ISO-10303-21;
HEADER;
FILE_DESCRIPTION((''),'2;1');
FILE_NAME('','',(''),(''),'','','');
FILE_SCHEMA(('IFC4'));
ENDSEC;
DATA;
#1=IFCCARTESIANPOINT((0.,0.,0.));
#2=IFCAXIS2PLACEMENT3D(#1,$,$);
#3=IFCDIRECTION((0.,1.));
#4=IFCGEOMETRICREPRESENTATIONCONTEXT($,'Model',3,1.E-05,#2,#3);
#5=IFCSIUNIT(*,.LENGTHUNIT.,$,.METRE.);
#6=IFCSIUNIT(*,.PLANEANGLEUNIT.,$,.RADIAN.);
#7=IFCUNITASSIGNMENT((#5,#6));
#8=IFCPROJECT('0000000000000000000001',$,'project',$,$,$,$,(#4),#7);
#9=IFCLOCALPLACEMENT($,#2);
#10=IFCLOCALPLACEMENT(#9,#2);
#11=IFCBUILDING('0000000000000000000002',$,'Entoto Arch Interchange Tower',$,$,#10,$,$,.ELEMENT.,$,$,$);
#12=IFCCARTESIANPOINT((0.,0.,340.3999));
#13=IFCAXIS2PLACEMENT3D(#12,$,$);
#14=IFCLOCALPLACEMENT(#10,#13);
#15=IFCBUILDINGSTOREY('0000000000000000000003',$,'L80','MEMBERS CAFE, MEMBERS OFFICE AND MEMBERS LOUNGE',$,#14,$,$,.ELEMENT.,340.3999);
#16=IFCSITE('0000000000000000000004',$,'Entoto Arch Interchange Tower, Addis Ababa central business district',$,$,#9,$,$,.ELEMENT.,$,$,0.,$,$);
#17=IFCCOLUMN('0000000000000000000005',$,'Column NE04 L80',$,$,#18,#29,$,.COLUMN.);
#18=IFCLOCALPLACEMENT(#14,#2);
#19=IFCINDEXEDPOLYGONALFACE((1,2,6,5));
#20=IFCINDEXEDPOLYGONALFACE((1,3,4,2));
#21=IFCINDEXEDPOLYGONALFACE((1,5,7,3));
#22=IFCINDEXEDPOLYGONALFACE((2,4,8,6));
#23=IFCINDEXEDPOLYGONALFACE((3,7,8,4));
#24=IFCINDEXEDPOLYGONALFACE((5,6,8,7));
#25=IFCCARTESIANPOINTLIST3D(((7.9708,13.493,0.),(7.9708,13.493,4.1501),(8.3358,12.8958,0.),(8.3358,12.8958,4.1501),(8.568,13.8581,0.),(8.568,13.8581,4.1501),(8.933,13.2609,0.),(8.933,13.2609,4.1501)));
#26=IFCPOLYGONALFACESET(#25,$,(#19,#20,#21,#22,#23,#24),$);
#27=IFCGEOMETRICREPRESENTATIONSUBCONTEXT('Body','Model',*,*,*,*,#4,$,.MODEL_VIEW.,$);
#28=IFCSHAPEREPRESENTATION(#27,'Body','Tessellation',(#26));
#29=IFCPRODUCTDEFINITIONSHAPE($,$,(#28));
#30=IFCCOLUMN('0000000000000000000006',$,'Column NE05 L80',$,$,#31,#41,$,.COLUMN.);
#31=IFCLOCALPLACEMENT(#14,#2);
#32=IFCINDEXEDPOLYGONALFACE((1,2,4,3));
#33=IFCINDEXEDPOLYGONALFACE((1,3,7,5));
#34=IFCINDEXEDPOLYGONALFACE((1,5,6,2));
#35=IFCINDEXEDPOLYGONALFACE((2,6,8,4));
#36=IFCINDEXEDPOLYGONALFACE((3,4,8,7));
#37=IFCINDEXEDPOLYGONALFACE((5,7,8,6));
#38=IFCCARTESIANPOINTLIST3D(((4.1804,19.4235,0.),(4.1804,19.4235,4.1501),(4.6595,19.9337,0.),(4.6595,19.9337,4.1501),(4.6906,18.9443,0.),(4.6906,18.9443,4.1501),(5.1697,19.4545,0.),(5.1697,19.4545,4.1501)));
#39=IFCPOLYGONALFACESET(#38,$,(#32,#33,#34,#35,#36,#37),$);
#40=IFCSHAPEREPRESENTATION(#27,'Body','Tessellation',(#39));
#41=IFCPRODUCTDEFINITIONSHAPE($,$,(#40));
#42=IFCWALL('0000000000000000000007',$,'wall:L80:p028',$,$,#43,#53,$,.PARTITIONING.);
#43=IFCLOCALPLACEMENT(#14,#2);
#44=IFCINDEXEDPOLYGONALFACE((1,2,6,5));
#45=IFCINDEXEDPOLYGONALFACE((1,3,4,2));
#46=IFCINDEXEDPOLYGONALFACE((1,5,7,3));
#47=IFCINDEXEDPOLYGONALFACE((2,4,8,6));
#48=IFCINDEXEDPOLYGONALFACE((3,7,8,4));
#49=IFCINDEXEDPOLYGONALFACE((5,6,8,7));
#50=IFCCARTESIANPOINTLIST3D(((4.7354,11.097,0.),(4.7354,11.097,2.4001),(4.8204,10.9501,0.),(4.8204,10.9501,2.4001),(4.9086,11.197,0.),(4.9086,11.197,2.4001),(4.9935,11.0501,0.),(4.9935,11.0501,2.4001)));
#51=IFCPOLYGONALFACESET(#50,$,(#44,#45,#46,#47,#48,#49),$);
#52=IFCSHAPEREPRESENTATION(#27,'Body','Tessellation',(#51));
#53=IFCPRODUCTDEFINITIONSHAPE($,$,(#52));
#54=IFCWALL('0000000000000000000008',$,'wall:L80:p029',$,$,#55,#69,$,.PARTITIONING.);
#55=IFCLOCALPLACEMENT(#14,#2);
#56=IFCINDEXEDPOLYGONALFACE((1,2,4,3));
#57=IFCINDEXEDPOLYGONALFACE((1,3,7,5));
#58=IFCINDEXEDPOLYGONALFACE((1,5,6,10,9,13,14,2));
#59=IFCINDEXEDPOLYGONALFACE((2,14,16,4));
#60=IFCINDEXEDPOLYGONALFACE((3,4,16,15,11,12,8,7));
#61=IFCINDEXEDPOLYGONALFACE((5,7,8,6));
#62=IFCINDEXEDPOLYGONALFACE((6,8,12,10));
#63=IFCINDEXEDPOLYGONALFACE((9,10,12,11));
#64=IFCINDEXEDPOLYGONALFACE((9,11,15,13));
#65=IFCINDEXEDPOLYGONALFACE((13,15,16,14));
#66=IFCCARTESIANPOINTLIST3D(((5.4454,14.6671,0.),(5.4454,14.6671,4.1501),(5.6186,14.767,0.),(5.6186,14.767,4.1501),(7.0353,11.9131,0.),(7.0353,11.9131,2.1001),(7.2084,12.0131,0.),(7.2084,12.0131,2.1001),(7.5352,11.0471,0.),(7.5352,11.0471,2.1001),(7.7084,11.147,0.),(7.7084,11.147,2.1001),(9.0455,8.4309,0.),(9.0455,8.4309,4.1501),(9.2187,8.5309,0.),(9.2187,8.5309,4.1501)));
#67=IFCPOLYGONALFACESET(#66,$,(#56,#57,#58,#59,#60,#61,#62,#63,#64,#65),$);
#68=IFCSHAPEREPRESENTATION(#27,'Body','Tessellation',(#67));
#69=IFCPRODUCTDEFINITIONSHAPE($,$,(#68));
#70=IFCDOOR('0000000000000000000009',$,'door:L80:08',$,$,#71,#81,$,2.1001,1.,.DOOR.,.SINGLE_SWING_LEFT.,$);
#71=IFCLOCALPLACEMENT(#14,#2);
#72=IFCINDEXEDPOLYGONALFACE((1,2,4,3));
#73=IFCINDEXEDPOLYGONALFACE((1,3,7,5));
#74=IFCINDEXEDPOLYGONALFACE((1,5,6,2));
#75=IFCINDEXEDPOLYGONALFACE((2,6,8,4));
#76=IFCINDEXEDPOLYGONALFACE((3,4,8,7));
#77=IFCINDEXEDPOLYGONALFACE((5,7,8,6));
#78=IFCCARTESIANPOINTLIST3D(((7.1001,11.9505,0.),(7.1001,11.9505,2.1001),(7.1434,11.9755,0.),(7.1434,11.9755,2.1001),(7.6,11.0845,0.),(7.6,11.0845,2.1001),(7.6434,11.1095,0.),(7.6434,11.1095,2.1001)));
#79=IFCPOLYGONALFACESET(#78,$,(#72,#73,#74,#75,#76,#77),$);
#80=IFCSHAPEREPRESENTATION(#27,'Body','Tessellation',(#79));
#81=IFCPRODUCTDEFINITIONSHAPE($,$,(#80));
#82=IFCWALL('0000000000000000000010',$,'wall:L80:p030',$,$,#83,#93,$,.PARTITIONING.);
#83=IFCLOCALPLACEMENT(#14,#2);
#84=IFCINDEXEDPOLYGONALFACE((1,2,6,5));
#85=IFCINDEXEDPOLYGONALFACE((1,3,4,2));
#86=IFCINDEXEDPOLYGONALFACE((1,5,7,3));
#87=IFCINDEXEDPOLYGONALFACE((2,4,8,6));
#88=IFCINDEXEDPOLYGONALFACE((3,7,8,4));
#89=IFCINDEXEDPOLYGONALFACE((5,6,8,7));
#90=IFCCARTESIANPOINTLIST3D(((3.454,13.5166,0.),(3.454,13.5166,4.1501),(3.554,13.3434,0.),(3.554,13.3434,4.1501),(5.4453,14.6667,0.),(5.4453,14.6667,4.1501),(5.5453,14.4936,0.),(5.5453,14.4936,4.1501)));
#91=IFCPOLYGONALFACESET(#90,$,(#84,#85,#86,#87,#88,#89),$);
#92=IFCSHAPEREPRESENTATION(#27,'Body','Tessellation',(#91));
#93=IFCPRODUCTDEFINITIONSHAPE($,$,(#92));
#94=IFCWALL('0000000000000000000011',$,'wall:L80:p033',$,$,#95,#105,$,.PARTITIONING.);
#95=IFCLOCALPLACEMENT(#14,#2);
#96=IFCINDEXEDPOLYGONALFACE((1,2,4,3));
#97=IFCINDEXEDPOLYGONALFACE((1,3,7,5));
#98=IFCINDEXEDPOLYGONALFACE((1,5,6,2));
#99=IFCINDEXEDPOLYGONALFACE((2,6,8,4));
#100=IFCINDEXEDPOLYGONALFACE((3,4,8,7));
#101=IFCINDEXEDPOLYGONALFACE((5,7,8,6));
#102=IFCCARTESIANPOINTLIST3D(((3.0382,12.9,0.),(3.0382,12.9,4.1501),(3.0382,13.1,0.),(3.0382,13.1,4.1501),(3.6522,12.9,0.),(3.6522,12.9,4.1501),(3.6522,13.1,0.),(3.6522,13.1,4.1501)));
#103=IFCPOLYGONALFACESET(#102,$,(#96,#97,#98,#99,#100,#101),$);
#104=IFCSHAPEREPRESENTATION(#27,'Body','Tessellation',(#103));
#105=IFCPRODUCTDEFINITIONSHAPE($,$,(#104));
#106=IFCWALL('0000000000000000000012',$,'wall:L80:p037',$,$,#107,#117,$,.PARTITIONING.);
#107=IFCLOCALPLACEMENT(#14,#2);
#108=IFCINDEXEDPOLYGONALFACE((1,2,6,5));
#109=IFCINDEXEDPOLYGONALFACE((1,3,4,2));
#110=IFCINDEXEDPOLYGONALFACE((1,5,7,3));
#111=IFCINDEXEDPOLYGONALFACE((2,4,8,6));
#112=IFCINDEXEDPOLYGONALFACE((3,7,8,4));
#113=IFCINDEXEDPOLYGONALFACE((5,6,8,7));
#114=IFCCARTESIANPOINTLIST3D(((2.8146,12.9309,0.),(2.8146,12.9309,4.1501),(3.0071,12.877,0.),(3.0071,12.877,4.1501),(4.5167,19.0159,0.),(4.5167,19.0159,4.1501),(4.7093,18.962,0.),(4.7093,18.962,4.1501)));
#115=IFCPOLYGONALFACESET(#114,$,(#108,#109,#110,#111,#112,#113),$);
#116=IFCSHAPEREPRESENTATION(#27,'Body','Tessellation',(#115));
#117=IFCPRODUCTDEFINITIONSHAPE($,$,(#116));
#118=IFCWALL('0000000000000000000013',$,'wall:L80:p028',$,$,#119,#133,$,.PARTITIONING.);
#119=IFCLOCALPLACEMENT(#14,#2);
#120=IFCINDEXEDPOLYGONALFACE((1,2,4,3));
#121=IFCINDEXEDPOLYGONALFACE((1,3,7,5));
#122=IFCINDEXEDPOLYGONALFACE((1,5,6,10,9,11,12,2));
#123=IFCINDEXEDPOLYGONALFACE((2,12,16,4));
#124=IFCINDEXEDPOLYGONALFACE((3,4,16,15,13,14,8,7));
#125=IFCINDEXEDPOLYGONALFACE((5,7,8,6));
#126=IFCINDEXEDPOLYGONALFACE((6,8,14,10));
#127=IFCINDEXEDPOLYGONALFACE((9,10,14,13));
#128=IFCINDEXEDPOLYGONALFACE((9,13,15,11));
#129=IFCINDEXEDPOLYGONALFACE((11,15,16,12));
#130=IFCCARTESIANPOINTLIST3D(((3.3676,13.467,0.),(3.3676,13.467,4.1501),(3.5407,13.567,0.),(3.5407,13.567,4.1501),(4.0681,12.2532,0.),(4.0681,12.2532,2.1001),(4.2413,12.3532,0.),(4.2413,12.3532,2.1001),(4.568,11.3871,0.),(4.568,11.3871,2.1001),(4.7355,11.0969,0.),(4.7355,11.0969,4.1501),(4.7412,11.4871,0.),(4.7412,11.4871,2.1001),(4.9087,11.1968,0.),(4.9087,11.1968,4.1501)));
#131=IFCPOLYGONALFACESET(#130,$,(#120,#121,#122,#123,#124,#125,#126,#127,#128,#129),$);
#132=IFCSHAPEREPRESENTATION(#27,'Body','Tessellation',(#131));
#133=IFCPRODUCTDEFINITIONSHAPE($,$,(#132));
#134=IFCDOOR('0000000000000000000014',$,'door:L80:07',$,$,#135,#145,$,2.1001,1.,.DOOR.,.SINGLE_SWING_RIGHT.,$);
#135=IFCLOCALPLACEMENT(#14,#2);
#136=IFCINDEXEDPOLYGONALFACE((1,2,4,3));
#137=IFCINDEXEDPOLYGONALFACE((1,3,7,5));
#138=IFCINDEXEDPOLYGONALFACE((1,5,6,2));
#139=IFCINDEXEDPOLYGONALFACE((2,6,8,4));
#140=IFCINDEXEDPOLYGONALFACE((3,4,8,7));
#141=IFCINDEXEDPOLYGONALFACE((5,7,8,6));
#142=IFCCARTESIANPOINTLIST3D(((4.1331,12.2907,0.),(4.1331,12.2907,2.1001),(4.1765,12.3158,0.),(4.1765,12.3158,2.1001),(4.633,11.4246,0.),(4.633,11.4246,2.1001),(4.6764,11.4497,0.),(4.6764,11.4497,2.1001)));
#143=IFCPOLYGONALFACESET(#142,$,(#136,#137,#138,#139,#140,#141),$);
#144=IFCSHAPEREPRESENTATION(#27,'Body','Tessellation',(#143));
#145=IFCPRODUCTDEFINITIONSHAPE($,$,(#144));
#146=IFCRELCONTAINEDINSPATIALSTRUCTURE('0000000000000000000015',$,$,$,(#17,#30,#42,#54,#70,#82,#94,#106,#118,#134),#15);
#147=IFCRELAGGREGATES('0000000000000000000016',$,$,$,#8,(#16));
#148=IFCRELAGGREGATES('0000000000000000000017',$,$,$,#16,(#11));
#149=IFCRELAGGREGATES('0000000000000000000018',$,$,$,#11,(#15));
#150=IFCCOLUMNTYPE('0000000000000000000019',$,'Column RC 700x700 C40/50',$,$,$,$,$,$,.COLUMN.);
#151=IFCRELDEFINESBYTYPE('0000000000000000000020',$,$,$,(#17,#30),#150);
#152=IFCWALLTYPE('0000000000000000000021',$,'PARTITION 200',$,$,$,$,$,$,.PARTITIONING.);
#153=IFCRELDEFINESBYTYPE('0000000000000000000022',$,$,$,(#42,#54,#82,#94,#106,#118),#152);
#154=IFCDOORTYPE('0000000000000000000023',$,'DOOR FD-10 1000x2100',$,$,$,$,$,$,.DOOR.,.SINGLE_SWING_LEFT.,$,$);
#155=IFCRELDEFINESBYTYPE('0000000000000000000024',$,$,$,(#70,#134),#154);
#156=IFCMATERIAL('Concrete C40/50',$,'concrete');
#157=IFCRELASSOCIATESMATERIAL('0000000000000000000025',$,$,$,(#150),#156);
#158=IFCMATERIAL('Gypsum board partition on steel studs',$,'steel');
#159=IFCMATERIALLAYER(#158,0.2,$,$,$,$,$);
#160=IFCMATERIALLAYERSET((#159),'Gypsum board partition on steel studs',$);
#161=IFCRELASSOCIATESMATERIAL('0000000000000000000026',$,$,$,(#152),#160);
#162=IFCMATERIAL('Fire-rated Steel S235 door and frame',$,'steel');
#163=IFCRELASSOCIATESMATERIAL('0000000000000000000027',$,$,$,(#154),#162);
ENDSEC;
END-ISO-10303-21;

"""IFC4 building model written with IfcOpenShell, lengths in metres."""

from ifc_helpers import new_model, si_unit, direction, frame, frame_2d, origin, origin_2d, place, context, subcontext, project, spatial, rectangle, extrude, material, layer, layer_set, material_profile, profile_set, type_object, element, fill, save


model = new_model("IFC4")

# Units and contexts
model_context = context("Model", 3, precision=1e-05, world=origin(), true_north=direction((0.0, 1.0)))
body_context = subcontext(model_context, "Body", "Model", "MODEL_VIEW")
ifc_project = project(units=[si_unit("LENGTHUNIT", "METRE"), si_unit("PLANEANGLEUNIT", "RADIAN")], contexts=[model_context])

# Site, building, storey
site_placement = place(None, origin())
site = spatial("IfcSite", under=ifc_project, at=site_placement, Name="Entoto Arch Interchange Tower, Addis Ababa central business district", CompositionType="ELEMENT", RefElevation=0.0)
building_placement = place(site_placement, origin())
building = spatial("IfcBuilding", under=site, at=building_placement, Name="Entoto Arch Interchange Tower", CompositionType="ELEMENT")
storey_placement = place(building_placement, frame((0.0, 0.0, 340.3999)))
storey = spatial("IfcBuildingStorey", under=building, at=storey_placement, Name="L80", Description="MEMBERS CAFE, MEMBERS OFFICE AND MEMBERS LOUNGE", CompositionType="ELEMENT", Elevation=340.3999)

# Columns
ifc_material_1 = material(Name="Concrete C40/50", Category="concrete")
ifc_material_profile = material_profile(ifc_material_1, rectangle(XDim=0.7, YDim=0.7, at=origin_2d()))
ifc_profile_set = profile_set([ifc_material_profile], Name="Concrete C40/50")
column_type = type_object("IfcColumnType", Name="Column RC 700x700 C40/50", PredefinedType="COLUMN", material=ifc_profile_set)
for number, where, z_axis, x_axis, name in (
    (1, (8.4519, 13.377, 0.0), (0.0, 0.0, 1.0), (-0.521546, 0.853223, 0.0), "Column NE04 L80"),
    (2, (4.675, 19.439, 0.0), (0.0, 0.0, 1.0), (-0.728909, 0.684611, 0.0), "Column NE05 L80"),
):
    element("IfcColumn", number, at=place(storey_placement, frame(where, z_axis=z_axis, x_axis=x_axis)), inside=storey, type_object=column_type, Name=name, PredefinedType="COLUMN", context=body_context, shape_type="SweptSolid", body=[
        extrude(rectangle(XDim=0.7, YDim=0.7, at=origin_2d()), origin(), (0.0, 0.0, 1.0), 4.1501),
    ])

# Wall
ifc_material_2 = material(Name="Gypsum board partition on steel studs", Category="steel")
ifc_layer_1 = layer(ifc_material_2, 0.2)
ifc_layer_set_1 = layer_set([ifc_layer_1], Name="Gypsum board partition on steel studs")
wall_type_1 = type_object("IfcWallType", Name="PARTITION 200", PredefinedType="PARTITIONING", material=ifc_layer_set_1)
wall_1_placement = place(storey_placement, frame((4.907, 11.0, 0.0), z_axis=(0.0, 0.0, 1.0), x_axis=(-0.500469, 0.865754, 0.0)))
element("IfcWall", 3, at=wall_1_placement, inside=storey, type_object=wall_type_1, Name="wall:L80:p028", PredefinedType="PARTITIONING", context=body_context, shape_type="SweptSolid", body=[
    extrude(rectangle(XDim=0.1697, YDim=0.2, at=frame_2d((0.085, 0.0))), origin(), (0.0, 0.0, 1.0), 2.4001),
])

# Wall, opening, door
wall_2_placement = place(storey_placement, frame((5.532, 14.717, 0.0), z_axis=(0.0, 0.0, 1.0), x_axis=(0.499968, -0.866044, 0.0)))
wall_2 = element("IfcWall", 4, at=wall_2_placement, inside=storey, type_object=wall_type_1, Name="wall:L80:p029", PredefinedType="PARTITIONING", context=body_context, shape_type="SweptSolid", body=[
    extrude(rectangle(XDim=7.2007, YDim=0.2, at=frame_2d((3.6003, 0.0))), origin(), (0.0, 0.0, 1.0), 4.1501),
])
opening_1_placement = place(wall_2_placement, frame((3.1799, 0.0, 0.0)))
opening_1 = element("IfcOpeningElement", 5, at=opening_1_placement, cuts=wall_2, PredefinedType="OPENING", context=body_context, shape_type="SweptSolid", body=[
    extrude(rectangle(XDim=1.0, YDim=2.1001, at=frame_2d((0.5, 1.05))), frame((0.0, 0.1099, 0.0), z_axis=(0.0, -1.0, 0.0), x_axis=(1.0, 0.0, 0.0)), (0.0, 0.0, 1.0), 0.22),
])
ifc_material_3 = material(Name="Fire-rated Steel S235 door and frame", Category="steel")
door_type = type_object("IfcDoorType", Name="DOOR FD-10 1000x2100", OperationType="SINGLE_SWING_LEFT", PredefinedType="DOOR", material=ifc_material_3)
door_1_placement = place(opening_1_placement, origin())
door_1 = element("IfcDoor", 6, at=door_1_placement, inside=storey, type_object=door_type, Name="door:L80:08", OperationType="SINGLE_SWING_LEFT", OverallHeight=2.1001, OverallWidth=1.0, PredefinedType="DOOR", context=body_context, shape_type="SweptSolid", body=[
    extrude(rectangle(XDim=1.0, YDim=2.1001, at=frame_2d((0.5, 1.05))), frame((0.0, 0.0249, 0.0), z_axis=(0.0, -1.0, 0.0), x_axis=(1.0, 0.0, 0.0)), (0.0, 0.0, 1.0), 0.05),
])
fill(opening_1, door_1)

# Walls
wall_3_placement = place(storey_placement, frame((3.5039, 13.4299, 0.0), z_axis=(0.0, 0.0, 1.0), x_axis=(0.865927, 0.50017, 0.0)))
element("IfcWall", 7, at=wall_3_placement, inside=storey, type_object=wall_type_1, Name="wall:L80:p030", PredefinedType="PARTITIONING", context=body_context, shape_type="SweptSolid", body=[
    extrude(rectangle(XDim=2.2996, YDim=0.2, at=frame_2d((1.1499, 0.0))), origin(), (0.0, 0.0, 1.0), 4.1501),
])
wall_4_placement = place(storey_placement, frame((3.0381, 13.0, 0.0), z_axis=(0.0, 0.0, 1.0), x_axis=(1.0, 0.0, 0.0)))
element("IfcWall", 8, at=wall_4_placement, inside=storey, type_object=wall_type_1, Name="wall:L80:p033", PredefinedType="PARTITIONING", context=body_context, shape_type="SweptSolid", body=[
    extrude(rectangle(XDim=0.614, YDim=0.2, at=frame_2d((0.3071, 0.0))), origin(), (0.0, 0.0, 1.0), 4.1501),
])
wall_5_placement = place(storey_placement, frame((2.9109, 12.9041, 0.0), z_axis=(0.0, 0.0, 1.0), x_axis=(0.269389, 0.963031, 0.0)))
element("IfcWall", 9, at=wall_5_placement, inside=storey, type_object=wall_type_1, Name="wall:L80:p037", PredefinedType="PARTITIONING", context=body_context, shape_type="SweptSolid", body=[
    extrude(rectangle(XDim=6.3186, YDim=0.2, at=frame_2d((3.1592, 0.0))), origin(), (0.0, 0.0, 1.0), 4.1501),
])

# Wall, opening, door
wall_6_placement = place(storey_placement, frame((4.822, 11.147, 0.0), z_axis=(0.0, 0.0, 1.0), x_axis=(-0.499872, 0.866099, 0.0)))
wall_6 = element("IfcWall", 10, at=wall_6_placement, inside=storey, type_object=wall_type_1, Name="wall:L80:p028", PredefinedType="PARTITIONING", context=body_context, shape_type="SweptSolid", body=[
    extrude(rectangle(XDim=2.7366, YDim=0.2, at=frame_2d((1.3682, 0.0))), origin(), (0.0, 0.0, 1.0), 4.1501),
])
opening_2_placement = place(wall_6_placement, frame((0.335, 0.0, 0.0)))
opening_2 = element("IfcOpeningElement", 11, at=opening_2_placement, cuts=wall_6, PredefinedType="OPENING", context=body_context, shape_type="SweptSolid", body=[
    extrude(rectangle(XDim=1.0, YDim=2.1001, at=frame_2d((0.5, 1.05))), frame((0.0, 0.1099, 0.0), z_axis=(0.0, -1.0, 0.0), x_axis=(1.0, 0.0, 0.0)), (0.0, 0.0, 1.0), 0.22),
])
door_2_placement = place(opening_2_placement, origin())
door_2 = element("IfcDoor", 12, at=door_2_placement, inside=storey, type_object=door_type, Name="door:L80:07", OperationType="SINGLE_SWING_RIGHT", OverallHeight=2.1001, OverallWidth=1.0, PredefinedType="DOOR", context=body_context, shape_type="SweptSolid", body=[
    extrude(rectangle(XDim=1.0, YDim=2.1001, at=frame_2d((0.5, 1.05))), frame((0.0, 0.0249, 0.0), z_axis=(0.0, -1.0, 0.0), x_axis=(1.0, 0.0, 0.0)), (0.0, 0.0, 1.0), 0.05),
])
fill(opening_2, door_2)

save(model, "model.ifc")
